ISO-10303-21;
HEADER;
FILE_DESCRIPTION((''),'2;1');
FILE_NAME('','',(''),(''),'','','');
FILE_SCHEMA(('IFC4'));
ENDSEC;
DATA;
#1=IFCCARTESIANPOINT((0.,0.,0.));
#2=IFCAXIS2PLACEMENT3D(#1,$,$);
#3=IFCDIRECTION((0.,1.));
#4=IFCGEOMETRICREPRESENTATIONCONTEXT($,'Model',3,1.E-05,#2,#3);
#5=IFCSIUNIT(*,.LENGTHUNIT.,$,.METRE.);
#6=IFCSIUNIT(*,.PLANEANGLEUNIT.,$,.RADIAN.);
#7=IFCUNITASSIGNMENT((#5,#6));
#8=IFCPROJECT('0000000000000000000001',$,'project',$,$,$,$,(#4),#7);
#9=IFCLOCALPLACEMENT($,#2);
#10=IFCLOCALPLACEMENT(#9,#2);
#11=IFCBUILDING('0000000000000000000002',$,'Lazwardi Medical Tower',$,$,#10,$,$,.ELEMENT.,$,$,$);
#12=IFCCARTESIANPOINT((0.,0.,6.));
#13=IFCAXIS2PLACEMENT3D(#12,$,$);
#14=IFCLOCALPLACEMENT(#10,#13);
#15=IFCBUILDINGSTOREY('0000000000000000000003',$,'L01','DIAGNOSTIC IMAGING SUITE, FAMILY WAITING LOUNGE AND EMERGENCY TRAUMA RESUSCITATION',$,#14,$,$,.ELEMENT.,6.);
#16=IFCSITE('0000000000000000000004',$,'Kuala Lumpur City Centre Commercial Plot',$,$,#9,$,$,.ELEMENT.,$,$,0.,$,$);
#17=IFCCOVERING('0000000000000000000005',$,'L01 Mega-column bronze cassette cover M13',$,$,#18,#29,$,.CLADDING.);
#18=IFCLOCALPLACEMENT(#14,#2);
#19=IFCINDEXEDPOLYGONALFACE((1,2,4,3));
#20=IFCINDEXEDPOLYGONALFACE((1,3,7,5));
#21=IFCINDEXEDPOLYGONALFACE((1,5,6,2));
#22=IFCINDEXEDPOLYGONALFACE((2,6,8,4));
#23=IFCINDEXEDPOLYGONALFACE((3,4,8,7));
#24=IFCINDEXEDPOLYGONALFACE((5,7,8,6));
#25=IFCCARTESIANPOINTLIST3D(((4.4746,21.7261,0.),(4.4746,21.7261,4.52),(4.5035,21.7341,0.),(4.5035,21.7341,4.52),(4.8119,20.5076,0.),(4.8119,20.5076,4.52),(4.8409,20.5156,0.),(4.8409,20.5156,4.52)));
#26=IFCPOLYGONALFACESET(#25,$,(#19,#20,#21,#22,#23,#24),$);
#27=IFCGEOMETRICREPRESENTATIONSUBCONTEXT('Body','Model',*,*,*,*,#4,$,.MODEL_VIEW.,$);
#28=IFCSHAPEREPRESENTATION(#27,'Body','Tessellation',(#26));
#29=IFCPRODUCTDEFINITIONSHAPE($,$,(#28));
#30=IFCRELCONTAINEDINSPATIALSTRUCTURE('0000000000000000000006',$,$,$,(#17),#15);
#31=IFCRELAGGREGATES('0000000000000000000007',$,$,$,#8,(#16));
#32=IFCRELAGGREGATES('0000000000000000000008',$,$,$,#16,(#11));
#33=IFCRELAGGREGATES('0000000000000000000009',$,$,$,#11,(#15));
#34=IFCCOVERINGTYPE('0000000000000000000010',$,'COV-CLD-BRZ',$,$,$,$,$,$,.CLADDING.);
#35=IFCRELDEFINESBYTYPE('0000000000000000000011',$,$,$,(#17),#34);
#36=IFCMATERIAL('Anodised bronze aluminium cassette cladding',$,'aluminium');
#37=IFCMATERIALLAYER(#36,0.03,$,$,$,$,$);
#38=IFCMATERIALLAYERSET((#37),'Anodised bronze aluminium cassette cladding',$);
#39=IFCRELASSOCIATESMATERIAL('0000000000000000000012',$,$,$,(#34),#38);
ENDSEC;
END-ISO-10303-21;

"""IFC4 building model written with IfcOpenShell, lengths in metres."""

from ifc_helpers import new_model, si_unit, direction, frame, origin, origin_2d, place, context, subcontext, project, spatial, rectangle, extrude, material, layer, layer_set, type_object, element, save


model = new_model("IFC4")

# Units and contexts
model_context = context("Model", 3, precision=1e-05, world=origin(), true_north=direction((0.0, 1.0)))
body_context = subcontext(model_context, "Body", "Model", "MODEL_VIEW")
ifc_project = project(units=[si_unit("LENGTHUNIT", "METRE"), si_unit("PLANEANGLEUNIT", "RADIAN")], contexts=[model_context])

# Site, building, storey
site_placement = place(None, origin())
site = spatial("IfcSite", under=ifc_project, at=site_placement, Name="Kuala Lumpur City Centre Commercial Plot", CompositionType="ELEMENT", RefElevation=0.0)
building_placement = place(site_placement, origin())
building = spatial("IfcBuilding", under=site, at=building_placement, Name="Lazwardi Medical Tower", CompositionType="ELEMENT")
storey_placement = place(building_placement, frame((0.0, 0.0, 6.0)))
storey = spatial("IfcBuildingStorey", under=building, at=storey_placement, Name="L01", Description="DIAGNOSTIC IMAGING SUITE, FAMILY WAITING LOUNGE AND EMERGENCY TRAUMA RESUSCITATION", CompositionType="ELEMENT", Elevation=6.0)

# Covering
ifc_material_1 = material(Name="Anodised bronze aluminium cassette cladding", Category="aluminium")
ifc_layer_1 = layer(ifc_material_1, 0.03)
ifc_layer_set_1 = layer_set([ifc_layer_1], Name="Anodised bronze aluminium cassette cladding")
covering_type = type_object("IfcCoveringType", Name="COV-CLD-BRZ", PredefinedType="CLADDING", material=ifc_layer_set_1)
covering_placement = place(storey_placement, frame((4.6577, 21.1208, 0.0), z_axis=(0.0, 0.0, 1.0), x_axis=(0.266836, -0.963742, 0.0)))
element("IfcCovering", 1, at=covering_placement, inside=storey, type_object=covering_type, Name="L01 Mega-column bronze cassette cover M13", PredefinedType="CLADDING", context=body_context, shape_type="SweptSolid", body=[
    extrude(rectangle(XDim=1.2644, YDim=0.03, at=origin_2d()), origin(), (0.0, 0.0, 1.0), 4.52),
])

save(model, "model.ifc")
